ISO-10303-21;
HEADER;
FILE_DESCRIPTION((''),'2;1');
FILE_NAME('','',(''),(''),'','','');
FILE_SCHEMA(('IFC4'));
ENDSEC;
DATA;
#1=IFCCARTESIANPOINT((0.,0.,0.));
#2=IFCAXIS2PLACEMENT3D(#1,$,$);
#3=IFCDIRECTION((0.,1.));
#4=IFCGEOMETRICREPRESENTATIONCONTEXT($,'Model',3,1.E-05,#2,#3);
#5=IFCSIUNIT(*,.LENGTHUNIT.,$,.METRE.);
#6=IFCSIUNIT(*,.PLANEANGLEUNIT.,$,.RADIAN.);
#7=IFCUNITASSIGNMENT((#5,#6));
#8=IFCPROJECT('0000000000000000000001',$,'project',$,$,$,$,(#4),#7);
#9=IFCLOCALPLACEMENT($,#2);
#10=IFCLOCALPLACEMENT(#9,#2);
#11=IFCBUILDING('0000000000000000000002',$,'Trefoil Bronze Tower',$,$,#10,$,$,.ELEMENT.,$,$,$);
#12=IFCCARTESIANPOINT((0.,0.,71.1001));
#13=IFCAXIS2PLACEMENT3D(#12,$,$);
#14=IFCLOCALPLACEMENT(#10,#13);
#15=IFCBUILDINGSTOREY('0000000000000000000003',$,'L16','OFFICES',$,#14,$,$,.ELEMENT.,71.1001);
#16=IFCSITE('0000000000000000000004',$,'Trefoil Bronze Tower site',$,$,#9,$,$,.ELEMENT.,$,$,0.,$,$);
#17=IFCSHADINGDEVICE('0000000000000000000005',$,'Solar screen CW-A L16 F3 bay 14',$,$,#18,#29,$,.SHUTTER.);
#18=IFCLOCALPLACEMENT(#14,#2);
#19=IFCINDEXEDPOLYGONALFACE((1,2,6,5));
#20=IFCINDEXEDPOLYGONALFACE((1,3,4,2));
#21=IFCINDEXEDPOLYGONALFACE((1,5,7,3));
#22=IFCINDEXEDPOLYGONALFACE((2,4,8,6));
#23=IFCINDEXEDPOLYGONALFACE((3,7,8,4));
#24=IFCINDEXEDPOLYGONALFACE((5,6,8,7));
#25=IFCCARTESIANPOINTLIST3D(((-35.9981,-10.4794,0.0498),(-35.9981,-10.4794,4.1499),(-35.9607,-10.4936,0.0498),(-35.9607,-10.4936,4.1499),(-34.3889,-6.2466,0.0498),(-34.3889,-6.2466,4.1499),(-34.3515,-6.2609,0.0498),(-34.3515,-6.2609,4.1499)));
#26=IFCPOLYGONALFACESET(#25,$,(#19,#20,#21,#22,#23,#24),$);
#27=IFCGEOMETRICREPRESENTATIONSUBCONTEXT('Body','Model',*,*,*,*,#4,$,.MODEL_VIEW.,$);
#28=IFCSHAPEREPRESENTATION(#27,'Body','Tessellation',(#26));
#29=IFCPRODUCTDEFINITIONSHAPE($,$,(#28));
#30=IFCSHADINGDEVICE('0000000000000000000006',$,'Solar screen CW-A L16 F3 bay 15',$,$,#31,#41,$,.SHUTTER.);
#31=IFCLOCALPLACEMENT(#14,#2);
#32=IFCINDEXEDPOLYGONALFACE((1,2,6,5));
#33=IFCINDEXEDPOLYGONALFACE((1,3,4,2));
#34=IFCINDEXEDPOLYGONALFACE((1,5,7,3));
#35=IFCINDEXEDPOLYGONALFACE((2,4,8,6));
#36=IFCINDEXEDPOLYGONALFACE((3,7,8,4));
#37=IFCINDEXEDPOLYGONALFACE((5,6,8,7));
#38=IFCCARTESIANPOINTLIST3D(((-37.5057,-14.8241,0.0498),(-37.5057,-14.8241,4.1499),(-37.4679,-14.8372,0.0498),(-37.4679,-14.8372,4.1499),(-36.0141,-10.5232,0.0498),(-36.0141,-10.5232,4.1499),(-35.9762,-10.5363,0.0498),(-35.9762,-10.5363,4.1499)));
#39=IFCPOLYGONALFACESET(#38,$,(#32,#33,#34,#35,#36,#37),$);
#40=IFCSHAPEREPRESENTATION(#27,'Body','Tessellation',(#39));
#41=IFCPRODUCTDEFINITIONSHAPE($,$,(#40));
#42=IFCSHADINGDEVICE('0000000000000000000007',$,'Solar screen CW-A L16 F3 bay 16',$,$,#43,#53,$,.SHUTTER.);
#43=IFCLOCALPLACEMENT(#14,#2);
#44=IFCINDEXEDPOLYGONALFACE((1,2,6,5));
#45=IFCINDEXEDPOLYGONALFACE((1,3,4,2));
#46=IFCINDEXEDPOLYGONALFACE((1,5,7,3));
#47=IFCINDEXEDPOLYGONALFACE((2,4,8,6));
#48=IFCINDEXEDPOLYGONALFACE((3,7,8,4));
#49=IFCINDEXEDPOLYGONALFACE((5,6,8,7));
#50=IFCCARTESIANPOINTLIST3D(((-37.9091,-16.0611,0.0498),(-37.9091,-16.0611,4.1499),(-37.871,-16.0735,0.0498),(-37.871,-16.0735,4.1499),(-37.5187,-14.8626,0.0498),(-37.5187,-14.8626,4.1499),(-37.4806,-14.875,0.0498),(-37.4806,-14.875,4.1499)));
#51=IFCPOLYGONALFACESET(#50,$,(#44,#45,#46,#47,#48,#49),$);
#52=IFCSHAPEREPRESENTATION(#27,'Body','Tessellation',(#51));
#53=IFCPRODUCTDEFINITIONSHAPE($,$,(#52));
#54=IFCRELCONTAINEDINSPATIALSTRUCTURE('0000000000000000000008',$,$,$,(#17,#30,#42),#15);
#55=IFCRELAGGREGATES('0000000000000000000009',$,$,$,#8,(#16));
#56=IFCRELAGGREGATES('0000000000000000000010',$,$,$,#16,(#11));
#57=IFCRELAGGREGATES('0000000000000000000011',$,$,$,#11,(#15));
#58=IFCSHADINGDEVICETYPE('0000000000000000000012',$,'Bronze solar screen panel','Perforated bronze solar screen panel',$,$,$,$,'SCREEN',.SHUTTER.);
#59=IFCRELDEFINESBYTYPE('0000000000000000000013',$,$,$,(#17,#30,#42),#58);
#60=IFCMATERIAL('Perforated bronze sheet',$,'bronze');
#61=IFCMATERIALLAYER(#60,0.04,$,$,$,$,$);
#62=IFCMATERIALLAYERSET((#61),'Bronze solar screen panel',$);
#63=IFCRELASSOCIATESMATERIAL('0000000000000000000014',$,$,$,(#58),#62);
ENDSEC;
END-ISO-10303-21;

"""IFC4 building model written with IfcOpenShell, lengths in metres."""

from ifc_helpers import new_model, si_unit, direction, frame, origin, origin_2d, place, context, subcontext, project, spatial, rectangle, extrude, material, layer, layer_set, type_object, element, save


model = new_model("IFC4")

# Units and contexts
model_context = context("Model", 3, precision=1e-05, world=origin(), true_north=direction((0.0, 1.0)))
body_context = subcontext(model_context, "Body", "Model", "MODEL_VIEW")
ifc_project = project(units=[si_unit("LENGTHUNIT", "METRE"), si_unit("PLANEANGLEUNIT", "RADIAN")], contexts=[model_context])

# Site, building, storey
site_placement = place(None, origin())
site = spatial("IfcSite", under=ifc_project, at=site_placement, Name="Trefoil Bronze Tower site", CompositionType="ELEMENT", RefElevation=0.0)
building_placement = place(site_placement, origin())
building = spatial("IfcBuilding", under=site, at=building_placement, Name="Trefoil Bronze Tower", CompositionType="ELEMENT")
storey_placement = place(building_placement, frame((0.0, 0.0, 71.1001)))
storey = spatial("IfcBuildingStorey", under=building, at=storey_placement, Name="L16", Description="OFFICES", CompositionType="ELEMENT", Elevation=71.1001)

# Shading devices
ifc_material_1 = material(Name="Perforated bronze sheet", Category="bronze")
ifc_layer_1 = layer(ifc_material_1, 0.04)
ifc_layer_set_1 = layer_set([ifc_layer_1], Name="Bronze solar screen panel")
shading_device_type = type_object("IfcShadingDeviceType", Name="Bronze solar screen panel", Description="Perforated bronze solar screen panel", ElementType="SCREEN", PredefinedType="SHUTTER", material=ifc_layer_set_1)
shading_device_1_placement = place(storey_placement, frame((-35.1748, -8.3701, 0.0498), z_axis=(0.0, 0.0, 1.0), x_axis=(-0.355371, -0.934725, 0.0)))
element("IfcShadingDevice", 1, at=shading_device_1_placement, inside=storey, type_object=shading_device_type, Name="Solar screen CW-A L16 F3 bay 14", PredefinedType="SHUTTER", context=body_context, shape_type="SweptSolid", body=[
    extrude(rectangle(XDim=4.5283, YDim=0.04, at=origin_2d()), origin(), (0.0, 0.0, 1.0), 4.1001),
])
shading_device_2_placement = place(storey_placement, frame((-36.741, -12.6802, 0.0498), z_axis=(0.0, 0.0, 1.0), x_axis=(-0.327674, -0.944791, 0.0)))
element("IfcShadingDevice", 2, at=shading_device_2_placement, inside=storey, type_object=shading_device_type, Name="Solar screen CW-A L16 F3 bay 15", PredefinedType="SHUTTER", context=body_context, shape_type="SweptSolid", body=[
    extrude(rectangle(XDim=4.5522, YDim=0.04, at=origin_2d()), origin(), (0.0, 0.0, 1.0), 4.1001),
])
shading_device_3_placement = place(storey_placement, frame((-37.6948, -15.468, 0.0498), z_axis=(0.0, 0.0, 1.0), x_axis=(-0.309728, -0.950825, 0.0)))
element("IfcShadingDevice", 3, at=shading_device_3_placement, inside=storey, type_object=shading_device_type, Name="Solar screen CW-A L16 F3 bay 16", PredefinedType="SHUTTER", context=body_context, shape_type="SweptSolid", body=[
    extrude(rectangle(XDim=1.2605, YDim=0.04, at=origin_2d()), origin(), (0.0, 0.0, 1.0), 4.1001),
])

save(model, "model.ifc")
